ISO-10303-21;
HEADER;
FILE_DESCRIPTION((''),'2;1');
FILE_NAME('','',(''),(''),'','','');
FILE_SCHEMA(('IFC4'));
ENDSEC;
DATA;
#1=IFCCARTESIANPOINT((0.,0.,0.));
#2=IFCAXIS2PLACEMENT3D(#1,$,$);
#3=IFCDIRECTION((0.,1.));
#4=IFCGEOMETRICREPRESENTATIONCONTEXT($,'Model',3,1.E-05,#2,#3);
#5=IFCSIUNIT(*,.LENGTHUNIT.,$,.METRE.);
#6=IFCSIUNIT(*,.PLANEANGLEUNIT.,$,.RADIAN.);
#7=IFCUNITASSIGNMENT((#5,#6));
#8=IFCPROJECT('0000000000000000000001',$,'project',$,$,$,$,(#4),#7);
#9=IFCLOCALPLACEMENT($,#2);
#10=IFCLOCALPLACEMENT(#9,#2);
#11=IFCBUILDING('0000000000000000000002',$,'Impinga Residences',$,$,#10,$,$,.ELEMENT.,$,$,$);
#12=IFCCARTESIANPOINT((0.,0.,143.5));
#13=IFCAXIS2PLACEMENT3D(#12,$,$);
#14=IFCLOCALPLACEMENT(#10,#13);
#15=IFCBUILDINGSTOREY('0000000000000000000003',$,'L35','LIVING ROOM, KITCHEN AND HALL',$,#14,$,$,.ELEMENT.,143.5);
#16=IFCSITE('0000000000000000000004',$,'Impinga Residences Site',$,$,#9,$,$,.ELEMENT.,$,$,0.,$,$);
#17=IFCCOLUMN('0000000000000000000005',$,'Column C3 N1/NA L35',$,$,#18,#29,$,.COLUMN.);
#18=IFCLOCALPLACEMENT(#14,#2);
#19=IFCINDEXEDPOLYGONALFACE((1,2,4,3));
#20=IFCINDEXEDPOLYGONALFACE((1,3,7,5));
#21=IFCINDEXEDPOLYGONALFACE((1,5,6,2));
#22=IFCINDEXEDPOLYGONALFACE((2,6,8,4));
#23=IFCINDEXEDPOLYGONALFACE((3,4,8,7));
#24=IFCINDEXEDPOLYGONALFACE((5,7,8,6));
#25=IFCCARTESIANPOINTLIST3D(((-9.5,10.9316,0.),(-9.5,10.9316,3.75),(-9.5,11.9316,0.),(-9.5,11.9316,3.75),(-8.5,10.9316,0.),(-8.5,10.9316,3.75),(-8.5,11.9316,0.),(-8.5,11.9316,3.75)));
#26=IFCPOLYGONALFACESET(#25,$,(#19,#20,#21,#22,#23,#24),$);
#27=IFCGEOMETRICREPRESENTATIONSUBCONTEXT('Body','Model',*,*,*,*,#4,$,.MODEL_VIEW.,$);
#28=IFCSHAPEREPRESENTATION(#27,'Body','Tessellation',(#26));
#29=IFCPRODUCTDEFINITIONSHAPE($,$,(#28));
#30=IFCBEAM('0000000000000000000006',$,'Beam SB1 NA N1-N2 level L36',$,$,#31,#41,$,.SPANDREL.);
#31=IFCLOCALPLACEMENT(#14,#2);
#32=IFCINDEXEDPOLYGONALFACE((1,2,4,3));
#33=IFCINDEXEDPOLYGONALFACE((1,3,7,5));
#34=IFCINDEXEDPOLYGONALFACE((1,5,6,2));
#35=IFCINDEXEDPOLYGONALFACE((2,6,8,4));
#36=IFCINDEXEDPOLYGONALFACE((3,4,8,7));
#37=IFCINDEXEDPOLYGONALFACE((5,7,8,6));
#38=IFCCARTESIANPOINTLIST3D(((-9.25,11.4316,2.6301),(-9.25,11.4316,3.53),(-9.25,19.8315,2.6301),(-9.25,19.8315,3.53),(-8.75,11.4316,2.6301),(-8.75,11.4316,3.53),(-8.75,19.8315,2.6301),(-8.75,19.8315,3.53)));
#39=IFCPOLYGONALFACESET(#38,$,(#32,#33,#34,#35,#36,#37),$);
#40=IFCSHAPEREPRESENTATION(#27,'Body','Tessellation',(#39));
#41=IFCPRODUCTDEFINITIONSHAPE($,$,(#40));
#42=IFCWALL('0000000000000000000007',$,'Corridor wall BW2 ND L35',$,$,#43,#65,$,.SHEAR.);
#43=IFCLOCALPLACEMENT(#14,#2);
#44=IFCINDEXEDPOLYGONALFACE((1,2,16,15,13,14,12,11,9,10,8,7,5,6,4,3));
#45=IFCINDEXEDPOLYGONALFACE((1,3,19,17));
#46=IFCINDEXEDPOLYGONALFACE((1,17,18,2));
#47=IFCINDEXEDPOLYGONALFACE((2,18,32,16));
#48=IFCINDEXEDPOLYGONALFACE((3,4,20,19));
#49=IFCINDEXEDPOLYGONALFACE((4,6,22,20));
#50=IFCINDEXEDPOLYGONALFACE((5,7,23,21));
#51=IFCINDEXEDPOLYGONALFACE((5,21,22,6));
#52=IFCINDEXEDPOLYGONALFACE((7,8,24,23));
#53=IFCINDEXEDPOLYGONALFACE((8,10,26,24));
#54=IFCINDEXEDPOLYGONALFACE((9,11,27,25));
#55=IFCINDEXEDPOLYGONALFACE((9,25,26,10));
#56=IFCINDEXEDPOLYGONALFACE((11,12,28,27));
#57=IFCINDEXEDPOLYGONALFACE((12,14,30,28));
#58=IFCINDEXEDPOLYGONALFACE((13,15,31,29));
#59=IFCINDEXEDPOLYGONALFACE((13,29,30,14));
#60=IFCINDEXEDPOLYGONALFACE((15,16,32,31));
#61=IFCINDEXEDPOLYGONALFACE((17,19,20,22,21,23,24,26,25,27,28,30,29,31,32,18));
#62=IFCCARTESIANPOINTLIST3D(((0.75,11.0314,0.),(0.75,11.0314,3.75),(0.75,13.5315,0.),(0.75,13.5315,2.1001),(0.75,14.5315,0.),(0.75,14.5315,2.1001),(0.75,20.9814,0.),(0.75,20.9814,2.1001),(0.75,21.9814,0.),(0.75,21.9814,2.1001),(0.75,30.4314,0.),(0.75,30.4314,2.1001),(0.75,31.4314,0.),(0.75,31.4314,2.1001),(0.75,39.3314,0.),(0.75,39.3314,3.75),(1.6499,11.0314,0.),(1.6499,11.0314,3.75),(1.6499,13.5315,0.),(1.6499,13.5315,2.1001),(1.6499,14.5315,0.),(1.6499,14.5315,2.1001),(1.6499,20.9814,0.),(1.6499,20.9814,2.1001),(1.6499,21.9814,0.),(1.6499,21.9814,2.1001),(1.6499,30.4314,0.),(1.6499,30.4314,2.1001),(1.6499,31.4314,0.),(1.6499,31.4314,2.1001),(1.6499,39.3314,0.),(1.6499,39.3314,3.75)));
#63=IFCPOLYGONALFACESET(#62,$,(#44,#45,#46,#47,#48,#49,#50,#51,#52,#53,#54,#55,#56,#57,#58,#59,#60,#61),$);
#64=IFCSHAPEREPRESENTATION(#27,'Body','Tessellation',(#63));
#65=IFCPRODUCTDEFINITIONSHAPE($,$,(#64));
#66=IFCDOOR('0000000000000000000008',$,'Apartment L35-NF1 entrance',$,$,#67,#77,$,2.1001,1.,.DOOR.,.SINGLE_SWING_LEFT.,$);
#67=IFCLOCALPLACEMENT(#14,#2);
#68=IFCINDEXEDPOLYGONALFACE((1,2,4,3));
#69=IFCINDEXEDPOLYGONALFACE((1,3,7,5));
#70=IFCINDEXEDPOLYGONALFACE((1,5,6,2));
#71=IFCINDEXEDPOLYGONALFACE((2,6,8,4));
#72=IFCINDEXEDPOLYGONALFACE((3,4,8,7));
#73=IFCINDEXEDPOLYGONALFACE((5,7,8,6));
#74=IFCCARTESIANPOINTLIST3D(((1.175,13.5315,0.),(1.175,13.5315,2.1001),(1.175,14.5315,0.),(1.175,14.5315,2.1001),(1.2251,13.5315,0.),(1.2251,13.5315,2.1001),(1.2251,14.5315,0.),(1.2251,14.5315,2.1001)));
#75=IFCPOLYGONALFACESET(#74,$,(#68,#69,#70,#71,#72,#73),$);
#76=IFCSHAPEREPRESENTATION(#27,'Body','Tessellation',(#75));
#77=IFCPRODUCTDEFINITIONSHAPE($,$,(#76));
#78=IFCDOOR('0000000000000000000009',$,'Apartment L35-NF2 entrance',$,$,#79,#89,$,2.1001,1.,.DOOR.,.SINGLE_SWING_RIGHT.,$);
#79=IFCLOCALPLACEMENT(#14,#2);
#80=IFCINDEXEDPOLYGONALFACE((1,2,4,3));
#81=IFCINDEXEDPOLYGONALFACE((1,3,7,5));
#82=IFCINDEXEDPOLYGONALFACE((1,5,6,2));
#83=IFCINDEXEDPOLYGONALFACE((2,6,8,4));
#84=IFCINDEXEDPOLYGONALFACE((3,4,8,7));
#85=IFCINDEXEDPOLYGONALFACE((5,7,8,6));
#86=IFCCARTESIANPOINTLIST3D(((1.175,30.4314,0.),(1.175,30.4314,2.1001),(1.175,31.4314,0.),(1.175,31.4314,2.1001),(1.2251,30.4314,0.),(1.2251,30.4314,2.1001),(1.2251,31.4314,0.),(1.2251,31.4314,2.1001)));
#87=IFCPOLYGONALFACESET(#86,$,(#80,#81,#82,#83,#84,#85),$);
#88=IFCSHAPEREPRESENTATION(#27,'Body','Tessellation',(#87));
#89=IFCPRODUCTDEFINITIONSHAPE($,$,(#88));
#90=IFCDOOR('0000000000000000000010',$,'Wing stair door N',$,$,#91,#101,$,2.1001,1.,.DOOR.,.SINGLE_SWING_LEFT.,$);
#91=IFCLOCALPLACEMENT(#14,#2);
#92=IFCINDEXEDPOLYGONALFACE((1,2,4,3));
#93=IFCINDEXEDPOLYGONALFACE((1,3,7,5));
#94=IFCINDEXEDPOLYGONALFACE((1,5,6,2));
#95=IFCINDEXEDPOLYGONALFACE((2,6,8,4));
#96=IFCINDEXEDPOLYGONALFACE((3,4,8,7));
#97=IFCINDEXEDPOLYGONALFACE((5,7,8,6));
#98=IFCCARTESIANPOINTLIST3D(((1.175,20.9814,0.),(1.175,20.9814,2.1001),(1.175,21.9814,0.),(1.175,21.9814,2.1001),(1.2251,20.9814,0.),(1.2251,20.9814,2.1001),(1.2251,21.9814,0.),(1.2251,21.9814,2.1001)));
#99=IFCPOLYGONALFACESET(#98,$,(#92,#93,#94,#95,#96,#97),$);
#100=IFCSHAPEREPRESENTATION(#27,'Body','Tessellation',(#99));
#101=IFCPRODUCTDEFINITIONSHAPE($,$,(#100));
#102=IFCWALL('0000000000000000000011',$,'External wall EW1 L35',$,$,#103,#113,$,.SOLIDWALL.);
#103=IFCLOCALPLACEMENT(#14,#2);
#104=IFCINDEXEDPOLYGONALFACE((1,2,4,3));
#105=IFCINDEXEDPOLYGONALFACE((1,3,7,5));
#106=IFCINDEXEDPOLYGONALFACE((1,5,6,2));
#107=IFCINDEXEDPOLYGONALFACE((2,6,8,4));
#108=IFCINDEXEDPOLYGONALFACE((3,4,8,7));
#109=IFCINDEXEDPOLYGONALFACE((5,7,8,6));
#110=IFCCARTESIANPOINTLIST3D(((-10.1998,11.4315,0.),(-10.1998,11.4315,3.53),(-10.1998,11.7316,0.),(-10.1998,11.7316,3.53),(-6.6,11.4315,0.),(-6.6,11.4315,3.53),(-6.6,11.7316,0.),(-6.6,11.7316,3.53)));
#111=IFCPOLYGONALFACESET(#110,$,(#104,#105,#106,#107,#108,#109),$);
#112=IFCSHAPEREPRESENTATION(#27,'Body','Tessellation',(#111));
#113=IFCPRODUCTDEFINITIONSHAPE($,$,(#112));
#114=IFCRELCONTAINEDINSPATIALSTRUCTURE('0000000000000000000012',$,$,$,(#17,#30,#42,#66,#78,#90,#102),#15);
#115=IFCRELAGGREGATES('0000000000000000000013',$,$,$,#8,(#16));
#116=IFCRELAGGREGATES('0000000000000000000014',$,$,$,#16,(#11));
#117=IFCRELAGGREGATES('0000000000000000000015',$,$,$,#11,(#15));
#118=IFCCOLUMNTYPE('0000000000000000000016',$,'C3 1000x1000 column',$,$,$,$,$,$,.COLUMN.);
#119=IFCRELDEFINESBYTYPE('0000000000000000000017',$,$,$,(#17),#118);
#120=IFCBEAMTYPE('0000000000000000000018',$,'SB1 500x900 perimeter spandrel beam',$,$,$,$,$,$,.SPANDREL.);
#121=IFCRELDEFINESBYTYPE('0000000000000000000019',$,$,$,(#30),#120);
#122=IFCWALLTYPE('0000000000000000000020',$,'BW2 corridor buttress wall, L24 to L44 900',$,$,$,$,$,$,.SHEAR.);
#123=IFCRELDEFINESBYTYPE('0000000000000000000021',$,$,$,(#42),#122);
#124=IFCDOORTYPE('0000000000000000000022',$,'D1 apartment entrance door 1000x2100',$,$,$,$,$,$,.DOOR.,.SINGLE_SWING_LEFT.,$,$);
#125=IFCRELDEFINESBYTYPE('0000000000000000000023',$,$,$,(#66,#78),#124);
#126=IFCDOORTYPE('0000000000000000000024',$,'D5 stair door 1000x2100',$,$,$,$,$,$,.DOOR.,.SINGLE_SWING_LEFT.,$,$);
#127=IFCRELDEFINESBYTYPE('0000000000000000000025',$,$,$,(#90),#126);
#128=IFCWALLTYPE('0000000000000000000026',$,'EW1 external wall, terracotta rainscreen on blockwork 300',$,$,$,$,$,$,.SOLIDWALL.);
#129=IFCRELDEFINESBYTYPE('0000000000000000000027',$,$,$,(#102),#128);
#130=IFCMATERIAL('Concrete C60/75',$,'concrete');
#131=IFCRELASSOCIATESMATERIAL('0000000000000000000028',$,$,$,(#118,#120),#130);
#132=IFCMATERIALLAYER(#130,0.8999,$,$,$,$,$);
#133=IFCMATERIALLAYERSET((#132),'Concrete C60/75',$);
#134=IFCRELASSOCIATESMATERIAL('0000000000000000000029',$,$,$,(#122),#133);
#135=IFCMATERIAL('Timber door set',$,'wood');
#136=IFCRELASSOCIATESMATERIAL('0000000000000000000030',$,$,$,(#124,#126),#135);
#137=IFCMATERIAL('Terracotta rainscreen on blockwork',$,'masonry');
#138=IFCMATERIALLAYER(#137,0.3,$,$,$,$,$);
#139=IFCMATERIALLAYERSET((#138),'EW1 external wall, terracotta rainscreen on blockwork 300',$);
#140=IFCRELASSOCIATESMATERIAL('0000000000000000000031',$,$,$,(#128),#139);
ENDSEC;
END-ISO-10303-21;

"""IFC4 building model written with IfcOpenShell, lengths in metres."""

from ifc_helpers import new_model, si_unit, direction, frame, frame_2d, origin, origin_2d, place, context, subcontext, project, spatial, rectangle, extrude, material, layer, layer_set, material_profile, profile_set, type_object, element, fill, save


model = new_model("IFC4")

# Units and contexts
model_context = context("Model", 3, precision=1e-05, world=origin(), true_north=direction((0.0, 1.0)))
body_context = subcontext(model_context, "Body", "Model", "MODEL_VIEW")
ifc_project = project(units=[si_unit("LENGTHUNIT", "METRE"), si_unit("PLANEANGLEUNIT", "RADIAN")], contexts=[model_context])

# Site, building, storey
site_placement = place(None, origin())
site = spatial("IfcSite", under=ifc_project, at=site_placement, Name="Impinga Residences Site", CompositionType="ELEMENT", RefElevation=0.0)
building_placement = place(site_placement, origin())
building = spatial("IfcBuilding", under=site, at=building_placement, Name="Impinga Residences", CompositionType="ELEMENT")
storey_placement = place(building_placement, frame((0.0, 0.0, 143.5)))
storey = spatial("IfcBuildingStorey", under=building, at=storey_placement, Name="L35", Description="LIVING ROOM, KITCHEN AND HALL", CompositionType="ELEMENT", Elevation=143.5)

# Column
ifc_material_1 = material(Name="Concrete C60/75", Category="concrete")
ifc_material_profile_1 = material_profile(ifc_material_1, rectangle(XDim=1.0, YDim=1.0, at=origin_2d()), Name="RC 1000x1000")
ifc_profile_set_1 = profile_set([ifc_material_profile_1], Name="Concrete C60/75")
column_type = type_object("IfcColumnType", Name="C3 1000x1000 column", PredefinedType="COLUMN", material=ifc_profile_set_1)
column_placement = place(storey_placement, frame((-9.0, 11.4316, 0.0), z_axis=(0.0, 0.0, 1.0), x_axis=(1.0, 0.0, 0.0)))
element("IfcColumn", 1, at=column_placement, inside=storey, type_object=column_type, Name="Column C3 N1/NA L35", PredefinedType="COLUMN", context=body_context, shape_type="SweptSolid", body=[
    extrude(rectangle(XDim=1.0, YDim=1.0, at=origin_2d()), origin(), (0.0, 0.0, 1.0), 3.75),
])

# Beam
ifc_material_profile_2 = material_profile(ifc_material_1, rectangle(XDim=0.5, YDim=0.8999, at=origin_2d()), Name="RC 500x900")
ifc_profile_set_2 = profile_set([ifc_material_profile_2], Name="Concrete C60/75")
beam_type = type_object("IfcBeamType", Name="SB1 500x900 perimeter spandrel beam", PredefinedType="SPANDREL", material=ifc_profile_set_2)
beam_placement = place(storey_placement, frame((-9.0, 11.4316, 3.0801), z_axis=(0.0, 1.0, 0.0), x_axis=(-1.0, 0.0, 0.0)))
element("IfcBeam", 2, at=beam_placement, inside=storey, type_object=beam_type, Name="Beam SB1 NA N1-N2 level L36", PredefinedType="SPANDREL", context=body_context, shape_type="SweptSolid", body=[
    extrude(rectangle(XDim=0.5, YDim=0.8999, at=origin_2d()), origin(), (0.0, 0.0, 1.0), 8.3999),
])

# Wall, openings, doors
ifc_layer_1 = layer(ifc_material_1, 0.8999)
ifc_layer_set_1 = layer_set([ifc_layer_1], Name="Concrete C60/75")
wall_type_1 = type_object("IfcWallType", Name="BW2 corridor buttress wall, L24 to L44 900", PredefinedType="SHEAR", material=ifc_layer_set_1)
wall_1_placement = place(storey_placement, frame((1.2, 11.0315, 0.0), z_axis=(0.0, 0.0, 1.0), x_axis=(0.0, 1.0, 0.0)))
wall_1 = element("IfcWall", 3, at=wall_1_placement, inside=storey, type_object=wall_type_1, Name="Corridor wall BW2 ND L35", PredefinedType="SHEAR", context=body_context, shape_type="SweptSolid", body=[
    extrude(rectangle(XDim=28.3, YDim=0.8999, at=frame_2d((14.1499, 0.0))), origin(), (0.0, 0.0, 1.0), 3.75),
])
opening_1_placement = place(wall_1_placement, frame((9.95, 0.0, 0.0)))
opening_1 = element("IfcOpeningElement", 4, at=opening_1_placement, cuts=wall_1, PredefinedType="OPENING", context=body_context, shape_type="SweptSolid", body=[
    extrude(rectangle(XDim=1.0, YDim=2.1001, at=frame_2d((0.5, 1.05))), frame((0.0, 0.46, 0.0), z_axis=(0.0, -1.0, 0.0), x_axis=(1.0, 0.0, 0.0)), (0.0, 0.0, 1.0), 0.9199),
])
opening_2_placement = place(wall_1_placement, frame((2.5, 0.0, 0.0)))
opening_2 = element("IfcOpeningElement", 5, at=opening_2_placement, cuts=wall_1, PredefinedType="OPENING", context=body_context, shape_type="SweptSolid", body=[
    extrude(rectangle(XDim=1.0, YDim=2.1001, at=frame_2d((0.5, 1.05))), frame((0.0, 0.46, 0.0), z_axis=(0.0, -1.0, 0.0), x_axis=(1.0, 0.0, 0.0)), (0.0, 0.0, 1.0), 0.9199),
])
opening_3_placement = place(wall_1_placement, frame((19.3999, 0.0, 0.0)))
opening_3 = element("IfcOpeningElement", 6, at=opening_3_placement, cuts=wall_1, PredefinedType="OPENING", context=body_context, shape_type="SweptSolid", body=[
    extrude(rectangle(XDim=1.0, YDim=2.1001, at=frame_2d((0.5, 1.05))), frame((0.0, 0.46, 0.0), z_axis=(0.0, -1.0, 0.0), x_axis=(1.0, 0.0, 0.0)), (0.0, 0.0, 1.0), 0.9199),
])
ifc_material_2 = material(Name="Timber door set", Category="wood")
door_type_1 = type_object("IfcDoorType", Name="D1 apartment entrance door 1000x2100", OperationType="SINGLE_SWING_LEFT", PredefinedType="DOOR", material=ifc_material_2)
door_1_placement = place(opening_2_placement, origin())
door_1 = element("IfcDoor", 7, at=door_1_placement, inside=storey, type_object=door_type_1, Name="Apartment L35-NF1 entrance", OperationType="SINGLE_SWING_LEFT", OverallHeight=2.1001, OverallWidth=1.0, PredefinedType="DOOR", context=body_context, shape_type="SweptSolid", body=[
    extrude(rectangle(XDim=1.0, YDim=2.1001, at=frame_2d((0.5, 1.05))), frame((0.0, 0.0249, 0.0), z_axis=(0.0, -1.0, 0.0), x_axis=(1.0, 0.0, 0.0)), (0.0, 0.0, 1.0), 0.05),
])
fill(opening_2, door_1)
door_2_placement = place(opening_3_placement, origin())
door_2 = element("IfcDoor", 8, at=door_2_placement, inside=storey, type_object=door_type_1, Name="Apartment L35-NF2 entrance", OperationType="SINGLE_SWING_RIGHT", OverallHeight=2.1001, OverallWidth=1.0, PredefinedType="DOOR", context=body_context, shape_type="SweptSolid", body=[
    extrude(rectangle(XDim=1.0, YDim=2.1001, at=frame_2d((0.5, 1.05))), frame((0.0, 0.0249, 0.0), z_axis=(0.0, -1.0, 0.0), x_axis=(1.0, 0.0, 0.0)), (0.0, 0.0, 1.0), 0.05),
])
fill(opening_3, door_2)
door_type_2 = type_object("IfcDoorType", Name="D5 stair door 1000x2100", OperationType="SINGLE_SWING_LEFT", PredefinedType="DOOR", material=ifc_material_2)
door_3_placement = place(opening_1_placement, origin())
door_3 = element("IfcDoor", 9, at=door_3_placement, inside=storey, type_object=door_type_2, Name="Wing stair door N", OperationType="SINGLE_SWING_LEFT", OverallHeight=2.1001, OverallWidth=1.0, PredefinedType="DOOR", context=body_context, shape_type="SweptSolid", body=[
    extrude(rectangle(XDim=1.0, YDim=2.1001, at=frame_2d((0.5, 1.05))), frame((0.0, 0.0249, 0.0), z_axis=(0.0, -1.0, 0.0), x_axis=(1.0, 0.0, 0.0)), (0.0, 0.0, 1.0), 0.05),
])
fill(opening_1, door_3)

# Wall
ifc_material_3 = material(Name="Terracotta rainscreen on blockwork", Category="masonry")
ifc_layer_2 = layer(ifc_material_3, 0.3)
ifc_layer_set_2 = layer_set([ifc_layer_2], Name="EW1 external wall, terracotta rainscreen on blockwork 300")
wall_type_2 = type_object("IfcWallType", Name="EW1 external wall, terracotta rainscreen on blockwork 300", PredefinedType="SOLIDWALL", material=ifc_layer_set_2)
wall_2_placement = place(storey_placement, frame((-6.6001, 11.5815, 0.0), z_axis=(0.0, 0.0, 1.0), x_axis=(-1.0, 0.0, 0.0)))
element("IfcWall", 10, at=wall_2_placement, inside=storey, type_object=wall_type_2, Name="External wall EW1 L35", PredefinedType="SOLIDWALL", context=body_context, shape_type="SweptSolid", body=[
    extrude(rectangle(XDim=3.5999, YDim=0.3, at=frame_2d((1.7998, 0.0))), origin(), (0.0, 0.0, 1.0), 3.53),
])

save(model, "model.ifc")
